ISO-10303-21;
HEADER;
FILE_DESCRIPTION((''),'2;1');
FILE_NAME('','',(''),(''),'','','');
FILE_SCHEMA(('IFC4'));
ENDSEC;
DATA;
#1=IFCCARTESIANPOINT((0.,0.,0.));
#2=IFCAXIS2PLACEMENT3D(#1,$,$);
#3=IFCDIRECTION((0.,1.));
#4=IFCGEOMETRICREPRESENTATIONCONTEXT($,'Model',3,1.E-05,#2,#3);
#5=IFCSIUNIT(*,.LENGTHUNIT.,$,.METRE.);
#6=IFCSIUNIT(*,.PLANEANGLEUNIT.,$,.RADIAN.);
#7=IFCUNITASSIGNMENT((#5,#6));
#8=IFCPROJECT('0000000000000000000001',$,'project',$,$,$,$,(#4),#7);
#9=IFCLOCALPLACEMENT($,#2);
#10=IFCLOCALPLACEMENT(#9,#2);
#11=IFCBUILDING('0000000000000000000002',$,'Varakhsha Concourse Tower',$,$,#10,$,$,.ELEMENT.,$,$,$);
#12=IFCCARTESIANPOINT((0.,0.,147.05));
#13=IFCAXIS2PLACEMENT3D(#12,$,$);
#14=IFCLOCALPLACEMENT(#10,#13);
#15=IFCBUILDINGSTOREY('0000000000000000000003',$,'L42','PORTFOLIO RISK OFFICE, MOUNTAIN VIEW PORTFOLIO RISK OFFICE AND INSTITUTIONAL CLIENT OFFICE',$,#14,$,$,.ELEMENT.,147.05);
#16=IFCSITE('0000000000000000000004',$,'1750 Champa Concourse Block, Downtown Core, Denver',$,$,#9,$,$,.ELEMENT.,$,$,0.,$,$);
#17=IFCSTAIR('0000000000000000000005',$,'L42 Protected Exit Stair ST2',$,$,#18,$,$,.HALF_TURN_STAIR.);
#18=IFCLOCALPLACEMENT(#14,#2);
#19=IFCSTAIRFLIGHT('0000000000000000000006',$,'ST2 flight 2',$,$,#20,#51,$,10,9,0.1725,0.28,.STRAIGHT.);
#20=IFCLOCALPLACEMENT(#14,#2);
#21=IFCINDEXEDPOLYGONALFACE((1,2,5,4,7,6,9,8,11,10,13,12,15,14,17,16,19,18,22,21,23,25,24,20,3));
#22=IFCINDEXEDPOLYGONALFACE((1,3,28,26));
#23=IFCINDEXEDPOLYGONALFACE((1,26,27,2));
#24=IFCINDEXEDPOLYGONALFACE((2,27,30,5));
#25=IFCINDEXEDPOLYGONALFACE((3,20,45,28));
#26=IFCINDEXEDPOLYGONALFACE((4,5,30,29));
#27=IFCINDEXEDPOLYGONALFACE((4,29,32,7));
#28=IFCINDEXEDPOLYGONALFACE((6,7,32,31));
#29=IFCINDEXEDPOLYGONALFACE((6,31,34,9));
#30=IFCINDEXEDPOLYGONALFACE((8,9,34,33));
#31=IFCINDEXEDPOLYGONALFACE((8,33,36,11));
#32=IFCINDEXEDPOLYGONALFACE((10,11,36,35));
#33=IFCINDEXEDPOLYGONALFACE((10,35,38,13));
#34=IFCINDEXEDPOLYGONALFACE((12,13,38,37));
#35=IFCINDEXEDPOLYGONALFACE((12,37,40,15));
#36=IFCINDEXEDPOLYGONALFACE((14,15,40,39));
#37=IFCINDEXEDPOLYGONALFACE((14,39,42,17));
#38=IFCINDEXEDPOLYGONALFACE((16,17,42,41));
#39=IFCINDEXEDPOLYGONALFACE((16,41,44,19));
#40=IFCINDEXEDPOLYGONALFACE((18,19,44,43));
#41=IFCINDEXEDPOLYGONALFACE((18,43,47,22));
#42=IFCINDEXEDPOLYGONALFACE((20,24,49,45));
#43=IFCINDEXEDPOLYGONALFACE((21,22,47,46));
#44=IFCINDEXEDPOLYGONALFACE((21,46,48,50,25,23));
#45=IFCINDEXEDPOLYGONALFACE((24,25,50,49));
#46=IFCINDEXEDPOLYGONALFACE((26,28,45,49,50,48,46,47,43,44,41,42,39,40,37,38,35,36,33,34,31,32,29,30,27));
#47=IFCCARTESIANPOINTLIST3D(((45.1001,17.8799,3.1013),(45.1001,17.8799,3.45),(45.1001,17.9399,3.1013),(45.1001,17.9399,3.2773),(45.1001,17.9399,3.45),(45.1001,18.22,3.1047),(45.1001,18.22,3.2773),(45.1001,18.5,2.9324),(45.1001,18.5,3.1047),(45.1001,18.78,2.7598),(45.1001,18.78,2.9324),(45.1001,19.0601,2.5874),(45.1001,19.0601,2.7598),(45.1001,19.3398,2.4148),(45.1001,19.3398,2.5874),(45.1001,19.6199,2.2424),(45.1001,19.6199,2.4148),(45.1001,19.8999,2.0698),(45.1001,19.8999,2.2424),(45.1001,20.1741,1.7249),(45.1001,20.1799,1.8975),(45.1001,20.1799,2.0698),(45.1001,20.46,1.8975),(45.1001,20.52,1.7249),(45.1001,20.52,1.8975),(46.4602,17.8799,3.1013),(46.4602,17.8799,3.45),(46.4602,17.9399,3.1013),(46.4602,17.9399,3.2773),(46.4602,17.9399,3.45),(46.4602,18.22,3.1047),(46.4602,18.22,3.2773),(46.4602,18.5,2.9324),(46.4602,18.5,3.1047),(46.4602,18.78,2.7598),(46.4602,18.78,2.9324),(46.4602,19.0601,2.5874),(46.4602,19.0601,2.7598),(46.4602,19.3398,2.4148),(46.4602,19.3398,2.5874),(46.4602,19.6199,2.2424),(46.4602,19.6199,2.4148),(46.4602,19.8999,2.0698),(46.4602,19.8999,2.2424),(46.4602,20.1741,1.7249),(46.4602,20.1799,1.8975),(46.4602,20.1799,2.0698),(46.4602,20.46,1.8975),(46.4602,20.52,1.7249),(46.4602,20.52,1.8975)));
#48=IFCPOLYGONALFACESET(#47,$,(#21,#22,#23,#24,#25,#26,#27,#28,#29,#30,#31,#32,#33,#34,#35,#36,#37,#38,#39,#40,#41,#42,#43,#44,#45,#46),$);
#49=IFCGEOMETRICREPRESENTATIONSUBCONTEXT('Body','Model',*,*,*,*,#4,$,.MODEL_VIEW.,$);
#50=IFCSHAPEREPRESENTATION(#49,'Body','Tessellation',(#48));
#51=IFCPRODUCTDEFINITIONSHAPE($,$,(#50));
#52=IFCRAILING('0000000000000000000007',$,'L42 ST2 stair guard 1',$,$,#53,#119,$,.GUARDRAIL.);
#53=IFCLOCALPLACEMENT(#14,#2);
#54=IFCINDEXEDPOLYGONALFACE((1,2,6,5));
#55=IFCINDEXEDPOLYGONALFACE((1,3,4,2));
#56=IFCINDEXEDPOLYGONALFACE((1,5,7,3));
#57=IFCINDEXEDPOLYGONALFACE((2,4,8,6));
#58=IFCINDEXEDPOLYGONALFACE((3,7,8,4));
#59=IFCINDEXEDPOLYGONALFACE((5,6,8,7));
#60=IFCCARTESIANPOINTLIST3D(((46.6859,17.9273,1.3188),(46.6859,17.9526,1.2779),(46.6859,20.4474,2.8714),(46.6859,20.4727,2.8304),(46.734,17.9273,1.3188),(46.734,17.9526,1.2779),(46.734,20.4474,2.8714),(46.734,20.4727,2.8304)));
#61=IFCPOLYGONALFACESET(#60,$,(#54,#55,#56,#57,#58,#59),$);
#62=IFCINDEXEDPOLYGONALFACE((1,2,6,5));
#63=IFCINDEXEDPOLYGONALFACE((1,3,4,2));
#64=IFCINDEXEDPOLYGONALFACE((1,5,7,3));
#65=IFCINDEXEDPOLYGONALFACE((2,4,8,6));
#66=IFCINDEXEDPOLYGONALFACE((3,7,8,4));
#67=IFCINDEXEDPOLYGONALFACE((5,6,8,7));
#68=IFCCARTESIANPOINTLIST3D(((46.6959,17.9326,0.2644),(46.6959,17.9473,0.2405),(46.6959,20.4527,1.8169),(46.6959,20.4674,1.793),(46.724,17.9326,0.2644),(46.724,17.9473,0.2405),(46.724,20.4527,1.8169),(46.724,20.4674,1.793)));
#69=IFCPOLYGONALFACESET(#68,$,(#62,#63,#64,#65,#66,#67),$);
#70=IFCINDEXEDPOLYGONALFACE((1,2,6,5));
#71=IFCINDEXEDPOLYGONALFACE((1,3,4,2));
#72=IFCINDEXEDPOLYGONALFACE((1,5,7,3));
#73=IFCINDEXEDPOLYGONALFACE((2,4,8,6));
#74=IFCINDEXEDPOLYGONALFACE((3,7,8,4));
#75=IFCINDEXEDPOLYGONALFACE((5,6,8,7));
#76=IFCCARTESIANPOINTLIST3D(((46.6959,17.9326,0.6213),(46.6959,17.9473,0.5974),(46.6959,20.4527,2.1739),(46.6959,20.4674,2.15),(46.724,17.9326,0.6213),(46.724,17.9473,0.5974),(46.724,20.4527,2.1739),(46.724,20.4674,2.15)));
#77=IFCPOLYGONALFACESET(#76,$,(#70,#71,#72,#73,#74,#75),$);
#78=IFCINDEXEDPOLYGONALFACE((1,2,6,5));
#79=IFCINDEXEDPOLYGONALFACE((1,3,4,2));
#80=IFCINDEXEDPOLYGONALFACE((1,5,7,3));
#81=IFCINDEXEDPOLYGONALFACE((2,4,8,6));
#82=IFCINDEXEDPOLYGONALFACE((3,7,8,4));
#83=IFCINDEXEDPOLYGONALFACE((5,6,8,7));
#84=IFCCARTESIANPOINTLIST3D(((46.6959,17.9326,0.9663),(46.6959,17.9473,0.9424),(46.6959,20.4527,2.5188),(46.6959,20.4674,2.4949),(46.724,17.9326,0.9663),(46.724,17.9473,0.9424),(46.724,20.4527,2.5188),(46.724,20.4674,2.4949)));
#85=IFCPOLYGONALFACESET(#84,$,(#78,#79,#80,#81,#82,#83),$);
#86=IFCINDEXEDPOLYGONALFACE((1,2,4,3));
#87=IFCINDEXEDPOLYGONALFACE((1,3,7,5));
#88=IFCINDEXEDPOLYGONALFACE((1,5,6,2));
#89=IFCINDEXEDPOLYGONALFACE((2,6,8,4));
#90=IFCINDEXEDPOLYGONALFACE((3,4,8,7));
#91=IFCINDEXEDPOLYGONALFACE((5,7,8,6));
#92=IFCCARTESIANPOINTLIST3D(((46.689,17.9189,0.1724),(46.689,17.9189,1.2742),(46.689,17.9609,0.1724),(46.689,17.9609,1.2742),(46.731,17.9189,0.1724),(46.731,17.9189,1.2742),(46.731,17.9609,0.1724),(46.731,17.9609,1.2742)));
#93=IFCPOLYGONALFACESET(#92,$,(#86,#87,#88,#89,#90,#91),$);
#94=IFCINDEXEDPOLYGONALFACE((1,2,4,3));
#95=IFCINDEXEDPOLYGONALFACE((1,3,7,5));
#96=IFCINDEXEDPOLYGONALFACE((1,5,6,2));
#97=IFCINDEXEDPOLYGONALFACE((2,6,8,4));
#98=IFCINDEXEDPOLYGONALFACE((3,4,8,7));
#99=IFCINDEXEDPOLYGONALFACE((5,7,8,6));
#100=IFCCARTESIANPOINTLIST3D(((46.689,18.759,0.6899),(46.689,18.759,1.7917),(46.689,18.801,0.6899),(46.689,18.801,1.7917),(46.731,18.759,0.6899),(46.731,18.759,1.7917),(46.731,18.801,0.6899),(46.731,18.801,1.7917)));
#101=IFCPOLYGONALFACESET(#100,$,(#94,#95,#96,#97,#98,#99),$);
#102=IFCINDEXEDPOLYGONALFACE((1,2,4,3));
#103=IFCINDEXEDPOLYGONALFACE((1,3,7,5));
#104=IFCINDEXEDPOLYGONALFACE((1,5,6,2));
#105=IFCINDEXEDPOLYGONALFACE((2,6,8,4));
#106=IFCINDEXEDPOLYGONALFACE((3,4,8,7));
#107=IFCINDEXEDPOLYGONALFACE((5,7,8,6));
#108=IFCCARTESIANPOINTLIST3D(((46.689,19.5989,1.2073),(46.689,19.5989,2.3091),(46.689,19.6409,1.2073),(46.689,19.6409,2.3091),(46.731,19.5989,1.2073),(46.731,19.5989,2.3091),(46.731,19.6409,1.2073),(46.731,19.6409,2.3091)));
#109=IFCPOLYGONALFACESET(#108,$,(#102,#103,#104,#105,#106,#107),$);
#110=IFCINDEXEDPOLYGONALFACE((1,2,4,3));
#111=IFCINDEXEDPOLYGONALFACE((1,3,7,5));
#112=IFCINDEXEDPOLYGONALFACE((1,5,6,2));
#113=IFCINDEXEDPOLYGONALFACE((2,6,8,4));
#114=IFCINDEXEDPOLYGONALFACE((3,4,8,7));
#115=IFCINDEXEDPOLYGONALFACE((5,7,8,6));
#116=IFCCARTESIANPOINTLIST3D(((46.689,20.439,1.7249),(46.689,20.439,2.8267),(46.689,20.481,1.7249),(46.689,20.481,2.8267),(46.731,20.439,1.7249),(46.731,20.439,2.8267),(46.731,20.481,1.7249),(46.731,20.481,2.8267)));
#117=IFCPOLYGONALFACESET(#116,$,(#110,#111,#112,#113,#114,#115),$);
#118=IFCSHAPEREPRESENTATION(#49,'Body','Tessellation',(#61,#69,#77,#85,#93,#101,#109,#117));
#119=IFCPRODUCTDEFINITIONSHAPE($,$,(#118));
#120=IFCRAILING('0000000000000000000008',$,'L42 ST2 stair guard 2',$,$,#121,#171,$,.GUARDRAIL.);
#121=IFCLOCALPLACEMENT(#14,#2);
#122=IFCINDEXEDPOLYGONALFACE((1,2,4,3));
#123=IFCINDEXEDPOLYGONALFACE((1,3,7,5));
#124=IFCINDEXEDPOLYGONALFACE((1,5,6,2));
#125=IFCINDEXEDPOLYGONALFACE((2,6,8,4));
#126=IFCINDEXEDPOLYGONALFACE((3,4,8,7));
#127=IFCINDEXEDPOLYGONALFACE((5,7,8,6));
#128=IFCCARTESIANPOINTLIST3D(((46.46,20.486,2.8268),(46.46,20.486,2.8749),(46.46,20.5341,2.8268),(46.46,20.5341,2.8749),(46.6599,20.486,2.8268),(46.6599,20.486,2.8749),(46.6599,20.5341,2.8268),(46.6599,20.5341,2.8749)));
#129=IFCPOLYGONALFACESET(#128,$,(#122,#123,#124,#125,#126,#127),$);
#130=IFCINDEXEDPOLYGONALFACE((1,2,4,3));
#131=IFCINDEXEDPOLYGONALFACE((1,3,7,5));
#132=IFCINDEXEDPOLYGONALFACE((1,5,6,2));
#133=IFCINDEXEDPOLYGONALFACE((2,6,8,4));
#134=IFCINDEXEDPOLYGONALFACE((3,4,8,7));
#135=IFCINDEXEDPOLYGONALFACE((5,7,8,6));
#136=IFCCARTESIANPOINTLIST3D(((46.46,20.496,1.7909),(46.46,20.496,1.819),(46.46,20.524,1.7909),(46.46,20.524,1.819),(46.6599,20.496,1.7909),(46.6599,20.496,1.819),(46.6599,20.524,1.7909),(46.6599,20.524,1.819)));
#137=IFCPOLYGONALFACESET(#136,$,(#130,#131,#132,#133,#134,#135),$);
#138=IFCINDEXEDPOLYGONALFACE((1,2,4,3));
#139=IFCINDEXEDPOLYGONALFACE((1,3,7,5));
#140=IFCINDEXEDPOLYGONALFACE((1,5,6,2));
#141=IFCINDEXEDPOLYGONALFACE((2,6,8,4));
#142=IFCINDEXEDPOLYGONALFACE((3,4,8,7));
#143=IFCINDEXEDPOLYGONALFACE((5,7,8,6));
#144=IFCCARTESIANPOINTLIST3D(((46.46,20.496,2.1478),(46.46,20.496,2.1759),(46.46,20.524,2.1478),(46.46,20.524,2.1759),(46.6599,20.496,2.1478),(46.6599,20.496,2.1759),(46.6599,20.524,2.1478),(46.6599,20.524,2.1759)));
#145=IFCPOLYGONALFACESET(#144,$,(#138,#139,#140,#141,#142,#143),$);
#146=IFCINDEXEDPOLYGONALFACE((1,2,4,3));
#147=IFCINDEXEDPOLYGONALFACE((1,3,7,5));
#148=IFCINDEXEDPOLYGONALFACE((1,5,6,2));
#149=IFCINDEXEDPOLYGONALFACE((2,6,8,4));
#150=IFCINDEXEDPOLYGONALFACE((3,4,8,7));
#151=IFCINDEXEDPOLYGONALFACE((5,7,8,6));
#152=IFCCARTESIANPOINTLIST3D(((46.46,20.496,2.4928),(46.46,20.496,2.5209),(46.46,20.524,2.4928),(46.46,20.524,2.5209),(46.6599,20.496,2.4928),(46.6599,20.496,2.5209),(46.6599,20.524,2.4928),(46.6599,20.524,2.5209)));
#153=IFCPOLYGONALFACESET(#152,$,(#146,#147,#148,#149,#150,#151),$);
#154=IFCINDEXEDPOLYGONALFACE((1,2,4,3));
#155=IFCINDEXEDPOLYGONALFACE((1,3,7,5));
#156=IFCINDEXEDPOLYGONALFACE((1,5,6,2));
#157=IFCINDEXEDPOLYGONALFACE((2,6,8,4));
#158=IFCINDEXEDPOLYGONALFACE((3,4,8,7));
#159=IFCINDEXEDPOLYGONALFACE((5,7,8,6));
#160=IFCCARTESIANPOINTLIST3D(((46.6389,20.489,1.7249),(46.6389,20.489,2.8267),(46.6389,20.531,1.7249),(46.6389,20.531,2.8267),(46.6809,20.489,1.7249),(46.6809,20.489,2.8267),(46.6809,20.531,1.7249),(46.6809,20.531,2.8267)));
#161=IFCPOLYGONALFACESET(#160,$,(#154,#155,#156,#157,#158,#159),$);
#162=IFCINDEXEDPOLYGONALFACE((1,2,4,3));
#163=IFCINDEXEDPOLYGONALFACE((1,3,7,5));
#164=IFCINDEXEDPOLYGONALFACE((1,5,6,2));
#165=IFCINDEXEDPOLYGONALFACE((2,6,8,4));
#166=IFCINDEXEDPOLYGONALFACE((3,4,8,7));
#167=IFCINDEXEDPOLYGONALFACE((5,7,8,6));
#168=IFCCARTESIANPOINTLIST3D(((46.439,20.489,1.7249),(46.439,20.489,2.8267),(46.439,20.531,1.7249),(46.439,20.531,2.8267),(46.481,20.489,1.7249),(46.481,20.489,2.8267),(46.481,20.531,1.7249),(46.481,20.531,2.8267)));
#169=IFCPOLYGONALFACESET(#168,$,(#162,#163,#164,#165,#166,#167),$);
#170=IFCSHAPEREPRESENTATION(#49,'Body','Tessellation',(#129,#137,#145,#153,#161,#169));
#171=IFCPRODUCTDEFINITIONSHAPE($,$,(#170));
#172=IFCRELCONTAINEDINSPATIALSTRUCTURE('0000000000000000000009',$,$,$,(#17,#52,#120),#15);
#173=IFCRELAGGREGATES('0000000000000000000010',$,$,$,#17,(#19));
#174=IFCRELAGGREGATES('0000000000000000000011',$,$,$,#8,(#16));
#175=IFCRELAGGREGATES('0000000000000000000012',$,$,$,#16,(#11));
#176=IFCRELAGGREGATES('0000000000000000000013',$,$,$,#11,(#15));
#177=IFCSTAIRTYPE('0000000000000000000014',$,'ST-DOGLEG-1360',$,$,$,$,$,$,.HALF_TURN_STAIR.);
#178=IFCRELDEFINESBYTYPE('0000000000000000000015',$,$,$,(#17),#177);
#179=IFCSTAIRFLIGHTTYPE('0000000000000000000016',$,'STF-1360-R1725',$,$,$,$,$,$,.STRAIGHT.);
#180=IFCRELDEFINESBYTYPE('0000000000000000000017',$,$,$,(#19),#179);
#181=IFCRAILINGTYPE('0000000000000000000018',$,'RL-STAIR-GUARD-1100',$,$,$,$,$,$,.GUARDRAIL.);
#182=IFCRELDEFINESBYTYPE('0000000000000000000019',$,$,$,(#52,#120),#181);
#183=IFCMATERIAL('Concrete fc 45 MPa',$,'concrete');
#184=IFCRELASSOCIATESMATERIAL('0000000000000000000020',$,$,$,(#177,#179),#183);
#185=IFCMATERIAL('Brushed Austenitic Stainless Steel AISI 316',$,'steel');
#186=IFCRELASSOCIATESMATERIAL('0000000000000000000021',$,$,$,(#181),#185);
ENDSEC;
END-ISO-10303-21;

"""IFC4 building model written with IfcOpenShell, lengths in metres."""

from ifc_helpers import new_model, si_unit, direction, frame, origin, origin_2d, place, context, subcontext, project, spatial, polyline, rectangle, outline, extrude, material, type_object, element, aggregate, save


model = new_model("IFC4")

# Units and contexts
model_context = context("Model", 3, precision=1e-05, world=origin(), true_north=direction((0.0, 1.0)))
body_context = subcontext(model_context, "Body", "Model", "MODEL_VIEW")
ifc_project = project(units=[si_unit("LENGTHUNIT", "METRE"), si_unit("PLANEANGLEUNIT", "RADIAN")], contexts=[model_context])

# Site, building, storey
site_placement = place(None, origin())
site = spatial("IfcSite", under=ifc_project, at=site_placement, Name="1750 Champa Concourse Block, Downtown Core, Denver", CompositionType="ELEMENT", RefElevation=0.0)
building_placement = place(site_placement, origin())
building = spatial("IfcBuilding", under=site, at=building_placement, Name="Varakhsha Concourse Tower", CompositionType="ELEMENT")
storey_placement = place(building_placement, frame((0.0, 0.0, 147.05)))
storey = spatial("IfcBuildingStorey", under=building, at=storey_placement, Name="L42", Description="PORTFOLIO RISK OFFICE, MOUNTAIN VIEW PORTFOLIO RISK OFFICE AND INSTITUTIONAL CLIENT OFFICE", CompositionType="ELEMENT", Elevation=147.05)

# Shared definitions
ifc_material_1 = material(Name="Concrete fc 45 MPa", Category="concrete")

# Stair, stair flight
stair_type = type_object("IfcStairType", Name="ST-DOGLEG-1360", PredefinedType="HALF_TURN_STAIR", material=ifc_material_1)
stair_placement = place(storey_placement, origin())
stair = element("IfcStair", 1, at=stair_placement, inside=storey, type_object=stair_type, Name="L42 Protected Exit Stair ST2", PredefinedType="HALF_TURN_STAIR")
stair_flight_type = type_object("IfcStairFlightType", Name="STF-1360-R1725", PredefinedType="STRAIGHT", material=ifc_material_1)
stair_flight_1_placement = place(storey_placement, frame((45.78, 20.46, 1.7249), z_axis=(0.0, 0.0, 1.0), x_axis=(0.0, -1.0, 0.0)))
stair_flight_1 = element("IfcStairFlight", 2, at=stair_flight_1_placement, type_object=stair_flight_type, Name="ST2 flight 2", NumberOfRisers=10, NumberOfTreads=9, PredefinedType="STRAIGHT", RiserHeight=0.1725, TreadLength=0.28, context=body_context, shape_type="SweptSolid", body=[
    extrude(outline(polyline([(-0.0601, 0.0), (-0.0601, 0.1726), (0.0, 0.1726), (0.28, 0.1726), (0.28, 0.345), (0.5601, 0.345), (0.5601, 0.5176), (0.8401, 0.5176), (0.8401, 0.6899), (1.1201, 0.6899), (1.1201, 0.8625), (1.3999, 0.8625), (1.3999, 1.0349), (1.6799, 1.0349), (1.6799, 1.2075), (1.96, 1.2075), (1.96, 1.3799), (2.24, 1.3799), (2.24, 1.5525), (2.52, 1.5525), (2.52, 1.7251), (2.5801, 1.7251), (2.5801, 1.3765), (2.52, 1.3765), (0.2859, 0.0), (-0.0601, 0.0)])), frame((0.0, 0.6802, 0.0), z_axis=(0.0, -1.0, 0.0), x_axis=(1.0, 0.0, 0.0)), (0.0, 0.0, 1.0), 1.3601),
])
aggregate(stair, [stair_flight_1])

# Railings
ifc_material_2 = material(Name="Brushed Austenitic Stainless Steel AISI 316", Category="steel")
railing_type_1 = type_object("IfcRailingType", Name="RL-STAIR-GUARD-1100", PredefinedType="GUARDRAIL", material=ifc_material_2)
railing_1_placement = place(storey_placement, frame((46.71, 17.9399, 0.1724)))
element("IfcRailing", 3, at=railing_1_placement, inside=storey, type_object=railing_type_1, Name="L42 ST2 stair guard 1", PredefinedType="GUARDRAIL", context=body_context, shape_type="SweptSolid", body=[
    extrude(rectangle(XDim=0.0481, YDim=0.0481, at=origin_2d()), frame((0.0, 0.0, 1.126), z_axis=(0.0, 0.8514, 0.524516), x_axis=(-1.0, 0.0, 0.0)), (0.0, 0.0, 1.0), 2.96),
    extrude(rectangle(XDim=0.0281, YDim=0.0281, at=origin_2d()), frame((0.0, 0.0, 0.0801), z_axis=(0.0, 0.8514, 0.524516), x_axis=(-1.0, 0.0, 0.0)), (0.0, 0.0, 1.0), 2.96),
    extrude(rectangle(XDim=0.0281, YDim=0.0281, at=origin_2d()), frame((0.0, 0.0, 0.437), z_axis=(0.0, 0.8514, 0.524516), x_axis=(-1.0, 0.0, 0.0)), (0.0, 0.0, 1.0), 2.96),
    extrude(rectangle(XDim=0.0281, YDim=0.0281, at=origin_2d()), frame((0.0, 0.0, 0.782), z_axis=(0.0, 0.8514, 0.524516), x_axis=(-1.0, 0.0, 0.0)), (0.0, 0.0, 1.0), 2.96),
    extrude(rectangle(XDim=0.042, YDim=0.042, at=origin_2d()), origin(), (0.0, 0.0, 1.0), 1.1018),
    extrude(rectangle(XDim=0.042, YDim=0.042, at=origin_2d()), frame((0.0, 0.8401, 0.5176)), (0.0, 0.0, 1.0), 1.1018),
    extrude(rectangle(XDim=0.042, YDim=0.042, at=origin_2d()), frame((0.0, 1.6799, 1.0349)), (0.0, 0.0, 1.0), 1.1018),
    extrude(rectangle(XDim=0.042, YDim=0.042, at=origin_2d()), frame((0.0, 2.52, 1.5525)), (0.0, 0.0, 1.0), 1.1018),
])
railing_2_placement = place(storey_placement, frame((46.6599, 20.51, 1.7249)))
element("IfcRailing", 4, at=railing_2_placement, inside=storey, type_object=railing_type_1, Name="L42 ST2 stair guard 2", PredefinedType="GUARDRAIL", context=body_context, shape_type="SweptSolid", body=[
    extrude(rectangle(XDim=0.0481, YDim=0.0481, at=origin_2d()), frame((0.0, 0.0, 1.126), z_axis=(-1.0, 0.0, 0.0), x_axis=(0.0, -1.0, 0.0)), (0.0, 0.0, 1.0), 0.2),
    extrude(rectangle(XDim=0.0281, YDim=0.0281, at=origin_2d()), frame((0.0, 0.0, 0.0801), z_axis=(-1.0, 0.0, 0.0), x_axis=(0.0, -1.0, 0.0)), (0.0, 0.0, 1.0), 0.2),
    extrude(rectangle(XDim=0.0281, YDim=0.0281, at=origin_2d()), frame((0.0, 0.0, 0.437), z_axis=(-1.0, 0.0, 0.0), x_axis=(0.0, -1.0, 0.0)), (0.0, 0.0, 1.0), 0.2),
    extrude(rectangle(XDim=0.0281, YDim=0.0281, at=origin_2d()), frame((0.0, 0.0, 0.782), z_axis=(-1.0, 0.0, 0.0), x_axis=(0.0, -1.0, 0.0)), (0.0, 0.0, 1.0), 0.2),
    extrude(rectangle(XDim=0.042, YDim=0.042, at=origin_2d()), origin(), (0.0, 0.0, 1.0), 1.1018),
    extrude(rectangle(XDim=0.042, YDim=0.042, at=origin_2d()), frame((-0.2, 0.0, 0.0)), (0.0, 0.0, 1.0), 1.1018),
])

save(model, "model.ifc")
